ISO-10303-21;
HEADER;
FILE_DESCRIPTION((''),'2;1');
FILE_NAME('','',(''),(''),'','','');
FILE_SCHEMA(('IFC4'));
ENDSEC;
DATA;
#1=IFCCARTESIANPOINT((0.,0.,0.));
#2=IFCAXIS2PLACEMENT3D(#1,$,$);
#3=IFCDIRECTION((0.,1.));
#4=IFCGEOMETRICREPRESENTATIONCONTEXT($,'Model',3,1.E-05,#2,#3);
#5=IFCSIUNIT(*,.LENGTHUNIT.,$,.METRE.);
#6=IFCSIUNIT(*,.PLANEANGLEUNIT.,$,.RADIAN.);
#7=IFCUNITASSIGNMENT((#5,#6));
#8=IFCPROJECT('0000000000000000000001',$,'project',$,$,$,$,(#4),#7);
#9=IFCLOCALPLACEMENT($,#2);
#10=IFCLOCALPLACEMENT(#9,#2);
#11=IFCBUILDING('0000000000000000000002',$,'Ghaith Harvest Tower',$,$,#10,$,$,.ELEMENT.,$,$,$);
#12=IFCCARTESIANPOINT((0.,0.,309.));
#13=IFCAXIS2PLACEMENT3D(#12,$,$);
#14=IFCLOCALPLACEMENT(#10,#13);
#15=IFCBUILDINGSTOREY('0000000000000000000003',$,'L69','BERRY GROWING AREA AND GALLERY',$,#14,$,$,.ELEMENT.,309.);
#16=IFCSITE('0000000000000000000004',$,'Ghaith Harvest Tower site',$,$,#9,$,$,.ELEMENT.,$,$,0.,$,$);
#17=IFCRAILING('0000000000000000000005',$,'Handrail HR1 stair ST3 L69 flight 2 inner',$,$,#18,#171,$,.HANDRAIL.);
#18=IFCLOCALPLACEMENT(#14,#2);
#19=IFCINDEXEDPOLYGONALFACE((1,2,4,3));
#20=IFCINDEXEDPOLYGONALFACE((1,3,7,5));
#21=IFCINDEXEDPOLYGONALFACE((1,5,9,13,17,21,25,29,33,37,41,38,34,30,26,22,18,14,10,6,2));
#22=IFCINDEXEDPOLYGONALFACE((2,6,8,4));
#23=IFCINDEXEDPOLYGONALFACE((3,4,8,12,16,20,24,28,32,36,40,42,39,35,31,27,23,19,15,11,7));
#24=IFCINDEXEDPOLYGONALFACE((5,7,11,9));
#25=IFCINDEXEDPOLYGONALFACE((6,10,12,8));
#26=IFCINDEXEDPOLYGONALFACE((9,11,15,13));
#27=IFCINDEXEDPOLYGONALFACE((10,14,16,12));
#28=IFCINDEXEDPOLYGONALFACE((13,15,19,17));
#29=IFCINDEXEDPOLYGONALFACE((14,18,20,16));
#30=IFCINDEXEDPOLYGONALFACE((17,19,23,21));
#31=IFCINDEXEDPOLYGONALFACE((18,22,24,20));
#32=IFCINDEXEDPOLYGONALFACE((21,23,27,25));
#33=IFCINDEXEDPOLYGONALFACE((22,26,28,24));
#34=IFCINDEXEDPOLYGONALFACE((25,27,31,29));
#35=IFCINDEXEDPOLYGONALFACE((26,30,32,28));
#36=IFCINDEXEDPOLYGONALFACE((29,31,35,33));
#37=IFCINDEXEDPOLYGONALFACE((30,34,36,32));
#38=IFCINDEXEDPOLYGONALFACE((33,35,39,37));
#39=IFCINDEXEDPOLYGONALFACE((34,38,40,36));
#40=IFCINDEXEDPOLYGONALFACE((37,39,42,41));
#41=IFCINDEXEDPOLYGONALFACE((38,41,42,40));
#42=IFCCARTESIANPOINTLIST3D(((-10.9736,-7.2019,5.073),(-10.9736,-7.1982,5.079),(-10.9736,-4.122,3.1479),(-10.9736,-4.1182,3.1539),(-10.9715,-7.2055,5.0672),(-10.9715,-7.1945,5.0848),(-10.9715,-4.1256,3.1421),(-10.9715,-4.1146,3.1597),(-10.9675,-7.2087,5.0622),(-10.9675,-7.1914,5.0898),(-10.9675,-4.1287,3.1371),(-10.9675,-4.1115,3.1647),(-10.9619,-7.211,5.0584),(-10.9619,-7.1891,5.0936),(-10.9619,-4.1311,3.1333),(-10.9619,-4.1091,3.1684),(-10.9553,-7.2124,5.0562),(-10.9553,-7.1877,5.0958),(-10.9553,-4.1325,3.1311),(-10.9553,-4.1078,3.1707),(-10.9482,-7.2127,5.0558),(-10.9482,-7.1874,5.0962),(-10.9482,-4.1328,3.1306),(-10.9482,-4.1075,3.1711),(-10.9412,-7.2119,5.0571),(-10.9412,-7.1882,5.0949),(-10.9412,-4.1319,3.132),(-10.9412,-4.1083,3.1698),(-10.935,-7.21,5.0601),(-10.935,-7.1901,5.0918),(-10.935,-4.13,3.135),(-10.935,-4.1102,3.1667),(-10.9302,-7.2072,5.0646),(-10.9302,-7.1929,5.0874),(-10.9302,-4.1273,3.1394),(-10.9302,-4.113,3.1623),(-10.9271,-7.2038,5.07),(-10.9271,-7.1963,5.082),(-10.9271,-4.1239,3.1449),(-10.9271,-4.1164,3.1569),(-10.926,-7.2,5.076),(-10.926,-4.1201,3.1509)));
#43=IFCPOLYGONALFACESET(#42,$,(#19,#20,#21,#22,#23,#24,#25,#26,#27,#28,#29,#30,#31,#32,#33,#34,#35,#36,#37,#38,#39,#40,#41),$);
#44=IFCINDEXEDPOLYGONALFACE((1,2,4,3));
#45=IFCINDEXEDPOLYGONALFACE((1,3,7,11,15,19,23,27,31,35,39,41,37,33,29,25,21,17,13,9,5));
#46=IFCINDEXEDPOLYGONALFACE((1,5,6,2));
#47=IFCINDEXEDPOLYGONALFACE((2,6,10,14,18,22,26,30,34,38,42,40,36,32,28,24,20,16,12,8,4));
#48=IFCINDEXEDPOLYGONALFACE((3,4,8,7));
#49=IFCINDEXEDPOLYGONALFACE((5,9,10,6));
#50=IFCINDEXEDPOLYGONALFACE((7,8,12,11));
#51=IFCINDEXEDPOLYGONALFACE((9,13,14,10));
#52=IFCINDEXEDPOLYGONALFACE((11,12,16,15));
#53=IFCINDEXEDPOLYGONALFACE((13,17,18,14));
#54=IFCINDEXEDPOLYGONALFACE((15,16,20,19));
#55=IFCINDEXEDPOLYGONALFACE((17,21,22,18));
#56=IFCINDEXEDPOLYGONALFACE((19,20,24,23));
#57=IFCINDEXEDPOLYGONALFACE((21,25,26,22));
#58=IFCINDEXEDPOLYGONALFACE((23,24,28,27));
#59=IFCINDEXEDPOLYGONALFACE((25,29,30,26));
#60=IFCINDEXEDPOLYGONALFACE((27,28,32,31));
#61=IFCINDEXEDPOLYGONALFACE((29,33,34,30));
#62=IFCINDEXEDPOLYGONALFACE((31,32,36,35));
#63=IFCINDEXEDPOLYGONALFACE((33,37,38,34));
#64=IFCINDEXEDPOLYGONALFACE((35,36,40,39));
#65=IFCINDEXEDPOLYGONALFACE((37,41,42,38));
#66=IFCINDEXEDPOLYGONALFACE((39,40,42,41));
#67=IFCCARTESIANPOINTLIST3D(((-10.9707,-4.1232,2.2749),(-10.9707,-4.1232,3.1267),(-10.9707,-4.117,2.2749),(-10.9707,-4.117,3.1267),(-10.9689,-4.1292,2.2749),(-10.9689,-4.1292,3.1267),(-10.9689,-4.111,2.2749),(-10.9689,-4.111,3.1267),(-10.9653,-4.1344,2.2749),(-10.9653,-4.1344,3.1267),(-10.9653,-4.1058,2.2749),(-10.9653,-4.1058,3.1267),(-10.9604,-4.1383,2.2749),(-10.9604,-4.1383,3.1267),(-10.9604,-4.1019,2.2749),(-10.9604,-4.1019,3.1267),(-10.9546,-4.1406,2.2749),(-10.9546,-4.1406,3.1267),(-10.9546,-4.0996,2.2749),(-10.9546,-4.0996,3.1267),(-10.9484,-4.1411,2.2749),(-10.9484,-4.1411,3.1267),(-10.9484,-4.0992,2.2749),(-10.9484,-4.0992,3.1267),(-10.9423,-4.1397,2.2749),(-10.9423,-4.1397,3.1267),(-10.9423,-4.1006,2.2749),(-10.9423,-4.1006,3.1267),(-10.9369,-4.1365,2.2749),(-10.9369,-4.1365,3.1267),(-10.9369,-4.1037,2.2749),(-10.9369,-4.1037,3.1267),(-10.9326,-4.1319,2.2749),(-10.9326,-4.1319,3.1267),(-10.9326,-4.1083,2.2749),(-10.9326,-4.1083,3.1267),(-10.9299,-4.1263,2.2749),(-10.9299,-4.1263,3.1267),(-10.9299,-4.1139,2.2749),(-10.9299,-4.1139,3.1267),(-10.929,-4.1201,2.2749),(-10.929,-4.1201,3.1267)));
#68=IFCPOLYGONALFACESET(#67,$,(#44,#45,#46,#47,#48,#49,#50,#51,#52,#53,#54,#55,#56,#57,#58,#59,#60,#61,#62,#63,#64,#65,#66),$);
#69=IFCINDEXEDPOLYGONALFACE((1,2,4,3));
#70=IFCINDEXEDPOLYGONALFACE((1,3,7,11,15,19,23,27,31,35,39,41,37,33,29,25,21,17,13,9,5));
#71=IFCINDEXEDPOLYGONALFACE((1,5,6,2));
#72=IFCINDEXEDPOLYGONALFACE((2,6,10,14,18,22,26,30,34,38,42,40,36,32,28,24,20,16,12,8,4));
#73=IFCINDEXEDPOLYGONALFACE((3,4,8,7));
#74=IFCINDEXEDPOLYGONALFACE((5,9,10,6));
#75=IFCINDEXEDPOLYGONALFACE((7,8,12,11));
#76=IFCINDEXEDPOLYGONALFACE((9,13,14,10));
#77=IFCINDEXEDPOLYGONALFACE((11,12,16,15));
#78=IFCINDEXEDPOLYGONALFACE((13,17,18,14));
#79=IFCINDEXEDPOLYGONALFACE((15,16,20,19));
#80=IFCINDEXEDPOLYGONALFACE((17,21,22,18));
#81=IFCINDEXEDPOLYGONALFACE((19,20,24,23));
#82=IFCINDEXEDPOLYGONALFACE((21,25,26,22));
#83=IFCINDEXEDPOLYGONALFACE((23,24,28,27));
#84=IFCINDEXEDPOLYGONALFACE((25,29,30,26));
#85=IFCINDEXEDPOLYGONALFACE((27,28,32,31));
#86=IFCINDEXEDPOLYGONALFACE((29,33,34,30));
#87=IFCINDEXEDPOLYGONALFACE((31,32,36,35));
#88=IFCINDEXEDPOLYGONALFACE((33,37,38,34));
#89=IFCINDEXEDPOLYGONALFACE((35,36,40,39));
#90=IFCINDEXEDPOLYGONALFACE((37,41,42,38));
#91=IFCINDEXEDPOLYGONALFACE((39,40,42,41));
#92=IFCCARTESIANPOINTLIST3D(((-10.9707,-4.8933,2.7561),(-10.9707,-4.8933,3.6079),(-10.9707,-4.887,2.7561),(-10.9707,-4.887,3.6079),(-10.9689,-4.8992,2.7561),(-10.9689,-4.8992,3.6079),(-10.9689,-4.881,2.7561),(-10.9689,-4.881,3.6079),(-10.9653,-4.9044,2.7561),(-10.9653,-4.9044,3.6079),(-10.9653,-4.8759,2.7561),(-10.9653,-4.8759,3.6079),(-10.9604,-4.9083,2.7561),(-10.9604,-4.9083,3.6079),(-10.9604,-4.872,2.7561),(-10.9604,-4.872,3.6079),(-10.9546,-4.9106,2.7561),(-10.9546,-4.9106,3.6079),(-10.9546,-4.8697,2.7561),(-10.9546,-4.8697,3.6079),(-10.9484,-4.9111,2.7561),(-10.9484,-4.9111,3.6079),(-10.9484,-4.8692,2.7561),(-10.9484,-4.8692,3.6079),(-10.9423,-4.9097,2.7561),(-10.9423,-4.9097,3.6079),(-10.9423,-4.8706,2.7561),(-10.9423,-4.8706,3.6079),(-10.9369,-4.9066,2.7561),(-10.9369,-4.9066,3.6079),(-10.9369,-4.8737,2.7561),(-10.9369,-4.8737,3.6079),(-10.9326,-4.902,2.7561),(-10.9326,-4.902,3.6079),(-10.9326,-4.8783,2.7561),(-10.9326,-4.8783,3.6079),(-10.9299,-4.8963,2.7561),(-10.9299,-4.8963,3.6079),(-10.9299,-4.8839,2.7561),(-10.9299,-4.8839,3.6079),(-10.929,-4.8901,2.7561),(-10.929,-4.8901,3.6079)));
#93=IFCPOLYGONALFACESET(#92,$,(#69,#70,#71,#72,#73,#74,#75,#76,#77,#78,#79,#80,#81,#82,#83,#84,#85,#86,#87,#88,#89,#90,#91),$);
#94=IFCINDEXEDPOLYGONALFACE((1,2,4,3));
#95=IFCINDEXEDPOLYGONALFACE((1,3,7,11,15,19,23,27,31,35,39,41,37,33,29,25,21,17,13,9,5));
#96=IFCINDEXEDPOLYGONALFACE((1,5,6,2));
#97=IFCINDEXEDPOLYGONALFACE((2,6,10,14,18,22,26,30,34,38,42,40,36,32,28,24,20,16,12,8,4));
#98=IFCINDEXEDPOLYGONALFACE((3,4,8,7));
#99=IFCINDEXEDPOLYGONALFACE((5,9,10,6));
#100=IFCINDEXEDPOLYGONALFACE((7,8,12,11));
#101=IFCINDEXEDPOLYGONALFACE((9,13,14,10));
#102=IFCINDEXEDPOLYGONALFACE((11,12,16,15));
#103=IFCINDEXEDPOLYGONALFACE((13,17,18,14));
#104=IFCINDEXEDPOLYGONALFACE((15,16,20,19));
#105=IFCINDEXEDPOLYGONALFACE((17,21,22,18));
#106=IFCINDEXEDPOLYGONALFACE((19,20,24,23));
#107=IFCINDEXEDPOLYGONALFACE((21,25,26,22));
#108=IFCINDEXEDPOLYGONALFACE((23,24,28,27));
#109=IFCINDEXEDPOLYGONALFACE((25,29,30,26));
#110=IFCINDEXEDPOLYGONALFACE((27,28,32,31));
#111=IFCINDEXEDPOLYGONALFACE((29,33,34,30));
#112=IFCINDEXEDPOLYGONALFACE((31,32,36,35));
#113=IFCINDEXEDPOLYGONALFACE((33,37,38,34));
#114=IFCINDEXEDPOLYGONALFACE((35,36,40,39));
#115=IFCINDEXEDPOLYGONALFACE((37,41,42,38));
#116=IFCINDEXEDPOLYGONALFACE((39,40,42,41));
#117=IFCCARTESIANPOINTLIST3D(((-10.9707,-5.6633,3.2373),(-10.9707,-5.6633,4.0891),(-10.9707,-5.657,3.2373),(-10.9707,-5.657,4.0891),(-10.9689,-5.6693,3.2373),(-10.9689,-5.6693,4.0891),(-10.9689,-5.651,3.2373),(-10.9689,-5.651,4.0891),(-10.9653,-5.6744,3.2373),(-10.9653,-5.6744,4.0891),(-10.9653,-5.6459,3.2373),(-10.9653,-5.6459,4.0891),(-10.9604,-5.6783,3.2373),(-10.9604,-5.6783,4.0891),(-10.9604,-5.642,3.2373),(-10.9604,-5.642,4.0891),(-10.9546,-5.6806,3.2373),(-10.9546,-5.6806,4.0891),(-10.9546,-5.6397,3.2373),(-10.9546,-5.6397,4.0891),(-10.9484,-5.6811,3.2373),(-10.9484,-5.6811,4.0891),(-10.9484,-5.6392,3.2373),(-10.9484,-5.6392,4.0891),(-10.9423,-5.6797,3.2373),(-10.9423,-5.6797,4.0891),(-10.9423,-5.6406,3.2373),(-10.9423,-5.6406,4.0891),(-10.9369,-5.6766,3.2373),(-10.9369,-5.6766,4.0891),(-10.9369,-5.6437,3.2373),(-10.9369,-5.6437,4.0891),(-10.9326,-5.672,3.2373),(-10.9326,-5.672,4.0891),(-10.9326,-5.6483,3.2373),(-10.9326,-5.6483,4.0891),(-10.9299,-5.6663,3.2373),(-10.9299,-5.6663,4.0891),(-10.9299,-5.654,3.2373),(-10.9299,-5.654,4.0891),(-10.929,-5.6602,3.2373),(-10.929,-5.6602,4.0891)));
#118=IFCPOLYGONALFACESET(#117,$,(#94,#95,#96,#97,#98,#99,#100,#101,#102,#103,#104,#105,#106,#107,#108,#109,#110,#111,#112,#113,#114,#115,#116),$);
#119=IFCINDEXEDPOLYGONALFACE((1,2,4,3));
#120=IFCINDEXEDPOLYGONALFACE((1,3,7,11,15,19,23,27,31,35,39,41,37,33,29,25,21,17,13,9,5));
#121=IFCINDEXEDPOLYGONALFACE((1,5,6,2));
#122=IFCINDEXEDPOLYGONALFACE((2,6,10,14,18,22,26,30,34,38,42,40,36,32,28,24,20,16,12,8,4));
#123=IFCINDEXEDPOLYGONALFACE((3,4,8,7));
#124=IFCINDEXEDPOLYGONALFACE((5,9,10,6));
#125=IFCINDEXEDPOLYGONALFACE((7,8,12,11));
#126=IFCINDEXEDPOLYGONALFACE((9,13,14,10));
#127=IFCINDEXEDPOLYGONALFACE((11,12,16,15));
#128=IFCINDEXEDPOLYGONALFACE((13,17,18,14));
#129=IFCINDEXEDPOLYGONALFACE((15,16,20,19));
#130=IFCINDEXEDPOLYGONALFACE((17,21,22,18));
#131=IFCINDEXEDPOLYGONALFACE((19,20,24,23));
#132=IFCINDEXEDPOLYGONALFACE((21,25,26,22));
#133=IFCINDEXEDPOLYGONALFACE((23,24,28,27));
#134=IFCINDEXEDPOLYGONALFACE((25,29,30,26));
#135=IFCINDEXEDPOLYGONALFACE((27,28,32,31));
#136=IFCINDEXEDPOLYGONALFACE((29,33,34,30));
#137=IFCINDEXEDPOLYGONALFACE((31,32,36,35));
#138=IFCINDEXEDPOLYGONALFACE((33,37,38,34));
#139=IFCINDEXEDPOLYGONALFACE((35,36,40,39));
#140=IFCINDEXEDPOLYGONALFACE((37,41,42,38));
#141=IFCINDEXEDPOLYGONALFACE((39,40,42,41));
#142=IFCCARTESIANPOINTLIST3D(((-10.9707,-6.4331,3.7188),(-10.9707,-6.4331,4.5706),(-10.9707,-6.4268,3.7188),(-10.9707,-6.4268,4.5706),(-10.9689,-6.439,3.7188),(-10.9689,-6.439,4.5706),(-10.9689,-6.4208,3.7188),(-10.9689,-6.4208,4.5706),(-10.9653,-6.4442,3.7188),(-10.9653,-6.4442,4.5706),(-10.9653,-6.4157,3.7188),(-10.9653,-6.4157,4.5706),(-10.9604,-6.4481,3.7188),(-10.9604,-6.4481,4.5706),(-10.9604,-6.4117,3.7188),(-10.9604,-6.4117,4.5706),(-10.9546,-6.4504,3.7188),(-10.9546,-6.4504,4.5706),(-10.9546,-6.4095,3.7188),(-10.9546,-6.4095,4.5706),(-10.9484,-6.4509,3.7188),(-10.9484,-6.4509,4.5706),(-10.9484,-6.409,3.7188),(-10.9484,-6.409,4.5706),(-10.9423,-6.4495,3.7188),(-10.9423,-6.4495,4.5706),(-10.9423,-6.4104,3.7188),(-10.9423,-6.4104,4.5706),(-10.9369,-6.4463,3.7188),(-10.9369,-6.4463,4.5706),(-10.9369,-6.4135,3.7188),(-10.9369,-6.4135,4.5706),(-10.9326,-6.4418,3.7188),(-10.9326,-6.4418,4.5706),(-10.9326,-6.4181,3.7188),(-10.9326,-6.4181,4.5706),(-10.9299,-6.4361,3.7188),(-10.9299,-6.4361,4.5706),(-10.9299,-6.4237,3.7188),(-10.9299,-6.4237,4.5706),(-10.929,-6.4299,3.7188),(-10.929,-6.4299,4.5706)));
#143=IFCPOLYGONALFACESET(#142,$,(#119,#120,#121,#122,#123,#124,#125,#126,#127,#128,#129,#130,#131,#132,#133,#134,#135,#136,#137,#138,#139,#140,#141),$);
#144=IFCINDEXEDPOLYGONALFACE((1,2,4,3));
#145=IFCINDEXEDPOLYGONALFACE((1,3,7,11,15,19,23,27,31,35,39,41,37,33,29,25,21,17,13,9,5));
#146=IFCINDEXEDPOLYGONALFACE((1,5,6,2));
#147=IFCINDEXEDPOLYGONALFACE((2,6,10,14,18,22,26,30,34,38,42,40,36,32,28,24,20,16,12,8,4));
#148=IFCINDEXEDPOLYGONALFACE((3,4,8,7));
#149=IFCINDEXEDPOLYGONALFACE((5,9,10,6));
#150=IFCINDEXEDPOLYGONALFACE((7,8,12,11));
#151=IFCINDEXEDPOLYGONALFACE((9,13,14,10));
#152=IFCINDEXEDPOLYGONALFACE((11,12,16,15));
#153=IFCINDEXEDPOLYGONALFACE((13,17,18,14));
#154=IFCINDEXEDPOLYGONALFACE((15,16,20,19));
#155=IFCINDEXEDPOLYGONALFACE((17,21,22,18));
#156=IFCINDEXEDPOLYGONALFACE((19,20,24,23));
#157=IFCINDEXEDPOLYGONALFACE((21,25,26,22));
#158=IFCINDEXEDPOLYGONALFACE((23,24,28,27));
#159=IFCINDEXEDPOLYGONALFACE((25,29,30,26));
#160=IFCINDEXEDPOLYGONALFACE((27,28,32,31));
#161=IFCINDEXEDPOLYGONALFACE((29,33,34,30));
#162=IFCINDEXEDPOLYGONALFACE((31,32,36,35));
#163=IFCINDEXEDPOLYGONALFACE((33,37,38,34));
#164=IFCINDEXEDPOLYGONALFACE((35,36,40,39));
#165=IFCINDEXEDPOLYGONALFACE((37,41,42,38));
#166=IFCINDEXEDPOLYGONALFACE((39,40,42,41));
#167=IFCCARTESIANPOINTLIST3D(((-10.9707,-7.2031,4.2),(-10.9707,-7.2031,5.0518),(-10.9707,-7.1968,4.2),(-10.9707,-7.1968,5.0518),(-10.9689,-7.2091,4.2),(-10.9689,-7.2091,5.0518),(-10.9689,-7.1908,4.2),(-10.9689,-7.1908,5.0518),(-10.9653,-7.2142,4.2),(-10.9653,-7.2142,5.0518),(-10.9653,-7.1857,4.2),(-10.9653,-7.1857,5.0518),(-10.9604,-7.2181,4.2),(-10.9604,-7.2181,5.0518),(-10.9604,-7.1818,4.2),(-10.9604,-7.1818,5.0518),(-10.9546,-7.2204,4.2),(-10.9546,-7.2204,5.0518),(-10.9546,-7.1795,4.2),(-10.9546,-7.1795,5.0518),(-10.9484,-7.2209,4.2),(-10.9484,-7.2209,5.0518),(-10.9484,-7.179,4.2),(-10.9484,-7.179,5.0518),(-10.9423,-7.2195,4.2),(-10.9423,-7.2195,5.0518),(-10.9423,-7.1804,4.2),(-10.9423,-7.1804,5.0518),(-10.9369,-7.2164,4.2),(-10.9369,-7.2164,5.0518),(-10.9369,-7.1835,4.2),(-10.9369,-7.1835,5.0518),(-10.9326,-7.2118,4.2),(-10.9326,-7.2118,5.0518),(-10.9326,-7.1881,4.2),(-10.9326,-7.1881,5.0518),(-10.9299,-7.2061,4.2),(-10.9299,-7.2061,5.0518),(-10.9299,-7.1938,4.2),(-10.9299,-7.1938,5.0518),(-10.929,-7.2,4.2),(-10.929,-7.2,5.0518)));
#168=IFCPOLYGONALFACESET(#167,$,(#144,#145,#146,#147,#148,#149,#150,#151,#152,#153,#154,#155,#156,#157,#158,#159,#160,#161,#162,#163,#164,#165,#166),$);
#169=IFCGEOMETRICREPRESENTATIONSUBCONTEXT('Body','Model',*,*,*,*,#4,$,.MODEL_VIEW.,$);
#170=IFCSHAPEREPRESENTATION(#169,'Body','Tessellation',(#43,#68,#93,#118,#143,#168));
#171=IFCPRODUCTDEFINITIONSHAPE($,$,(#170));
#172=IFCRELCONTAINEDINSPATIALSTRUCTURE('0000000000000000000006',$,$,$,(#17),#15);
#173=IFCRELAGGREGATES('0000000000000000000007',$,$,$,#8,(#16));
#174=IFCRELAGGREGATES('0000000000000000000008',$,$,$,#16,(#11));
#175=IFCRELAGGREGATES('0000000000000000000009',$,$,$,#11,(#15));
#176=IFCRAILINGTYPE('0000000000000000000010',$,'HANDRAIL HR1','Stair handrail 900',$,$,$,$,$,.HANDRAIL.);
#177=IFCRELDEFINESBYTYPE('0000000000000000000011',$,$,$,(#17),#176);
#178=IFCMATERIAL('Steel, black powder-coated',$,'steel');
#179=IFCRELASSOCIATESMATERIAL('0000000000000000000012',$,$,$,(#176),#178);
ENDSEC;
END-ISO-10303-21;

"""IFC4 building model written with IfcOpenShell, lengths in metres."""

from ifc_helpers import new_model, si_unit, direction, frame, origin, origin_2d, place, context, subcontext, project, spatial, circle, extrude, material, type_object, element, save


model = new_model("IFC4")

# Units and contexts
model_context = context("Model", 3, precision=1e-05, world=origin(), true_north=direction((0.0, 1.0)))
body_context = subcontext(model_context, "Body", "Model", "MODEL_VIEW")
ifc_project = project(units=[si_unit("LENGTHUNIT", "METRE"), si_unit("PLANEANGLEUNIT", "RADIAN")], contexts=[model_context])

# Site, building, storey
site_placement = place(None, origin())
site = spatial("IfcSite", under=ifc_project, at=site_placement, Name="Ghaith Harvest Tower site", CompositionType="ELEMENT", RefElevation=0.0)
building_placement = place(site_placement, origin())
building = spatial("IfcBuilding", under=site, at=building_placement, Name="Ghaith Harvest Tower", CompositionType="ELEMENT")
storey_placement = place(building_placement, frame((0.0, 0.0, 309.0)))
storey = spatial("IfcBuildingStorey", under=building, at=storey_placement, Name="L69", Description="BERRY GROWING AREA AND GALLERY", CompositionType="ELEMENT", Elevation=309.0)

# Railing
ifc_material_1 = material(Name="Steel, black powder-coated", Category="steel")
railing_type = type_object("IfcRailingType", Name="HANDRAIL HR1", Description="Stair handrail 900", PredefinedType="HANDRAIL", material=ifc_material_1)
railing_1_placement = place(storey_placement, frame((-10.95, -4.1201, 2.2749)))
element("IfcRailing", 1, at=railing_1_placement, inside=storey, type_object=railing_type, Name="Handrail HR1 stair ST3 L69 flight 2 inner", PredefinedType="HANDRAIL", context=body_context, shape_type="SweptSolid", body=[
    extrude(circle(Radius=0.0239, at=origin_2d()), frame((0.0, 0.0, 0.876), z_axis=(0.0, -0.847979, 0.530029), x_axis=(1.0, 0.0, 0.0)), (0.0, 0.0, 1.0), 3.6321),
    extrude(circle(Radius=0.021, at=origin_2d()), origin(), (0.0, 0.0, 1.0), 0.8518),
    extrude(circle(Radius=0.021, at=origin_2d()), frame((0.0, -0.77, 0.4812)), (0.0, 0.0, 1.0), 0.8518),
    extrude(circle(Radius=0.021, at=origin_2d()), frame((0.0, -1.54, 0.9624)), (0.0, 0.0, 1.0), 0.8518),
    extrude(circle(Radius=0.021, at=origin_2d()), frame((0.0, -2.3098, 1.4438)), (0.0, 0.0, 1.0), 0.8518),
    extrude(circle(Radius=0.021, at=origin_2d()), frame((0.0, -3.0798, 1.925)), (0.0, 0.0, 1.0), 0.8518),
])

save(model, "model.ifc")
